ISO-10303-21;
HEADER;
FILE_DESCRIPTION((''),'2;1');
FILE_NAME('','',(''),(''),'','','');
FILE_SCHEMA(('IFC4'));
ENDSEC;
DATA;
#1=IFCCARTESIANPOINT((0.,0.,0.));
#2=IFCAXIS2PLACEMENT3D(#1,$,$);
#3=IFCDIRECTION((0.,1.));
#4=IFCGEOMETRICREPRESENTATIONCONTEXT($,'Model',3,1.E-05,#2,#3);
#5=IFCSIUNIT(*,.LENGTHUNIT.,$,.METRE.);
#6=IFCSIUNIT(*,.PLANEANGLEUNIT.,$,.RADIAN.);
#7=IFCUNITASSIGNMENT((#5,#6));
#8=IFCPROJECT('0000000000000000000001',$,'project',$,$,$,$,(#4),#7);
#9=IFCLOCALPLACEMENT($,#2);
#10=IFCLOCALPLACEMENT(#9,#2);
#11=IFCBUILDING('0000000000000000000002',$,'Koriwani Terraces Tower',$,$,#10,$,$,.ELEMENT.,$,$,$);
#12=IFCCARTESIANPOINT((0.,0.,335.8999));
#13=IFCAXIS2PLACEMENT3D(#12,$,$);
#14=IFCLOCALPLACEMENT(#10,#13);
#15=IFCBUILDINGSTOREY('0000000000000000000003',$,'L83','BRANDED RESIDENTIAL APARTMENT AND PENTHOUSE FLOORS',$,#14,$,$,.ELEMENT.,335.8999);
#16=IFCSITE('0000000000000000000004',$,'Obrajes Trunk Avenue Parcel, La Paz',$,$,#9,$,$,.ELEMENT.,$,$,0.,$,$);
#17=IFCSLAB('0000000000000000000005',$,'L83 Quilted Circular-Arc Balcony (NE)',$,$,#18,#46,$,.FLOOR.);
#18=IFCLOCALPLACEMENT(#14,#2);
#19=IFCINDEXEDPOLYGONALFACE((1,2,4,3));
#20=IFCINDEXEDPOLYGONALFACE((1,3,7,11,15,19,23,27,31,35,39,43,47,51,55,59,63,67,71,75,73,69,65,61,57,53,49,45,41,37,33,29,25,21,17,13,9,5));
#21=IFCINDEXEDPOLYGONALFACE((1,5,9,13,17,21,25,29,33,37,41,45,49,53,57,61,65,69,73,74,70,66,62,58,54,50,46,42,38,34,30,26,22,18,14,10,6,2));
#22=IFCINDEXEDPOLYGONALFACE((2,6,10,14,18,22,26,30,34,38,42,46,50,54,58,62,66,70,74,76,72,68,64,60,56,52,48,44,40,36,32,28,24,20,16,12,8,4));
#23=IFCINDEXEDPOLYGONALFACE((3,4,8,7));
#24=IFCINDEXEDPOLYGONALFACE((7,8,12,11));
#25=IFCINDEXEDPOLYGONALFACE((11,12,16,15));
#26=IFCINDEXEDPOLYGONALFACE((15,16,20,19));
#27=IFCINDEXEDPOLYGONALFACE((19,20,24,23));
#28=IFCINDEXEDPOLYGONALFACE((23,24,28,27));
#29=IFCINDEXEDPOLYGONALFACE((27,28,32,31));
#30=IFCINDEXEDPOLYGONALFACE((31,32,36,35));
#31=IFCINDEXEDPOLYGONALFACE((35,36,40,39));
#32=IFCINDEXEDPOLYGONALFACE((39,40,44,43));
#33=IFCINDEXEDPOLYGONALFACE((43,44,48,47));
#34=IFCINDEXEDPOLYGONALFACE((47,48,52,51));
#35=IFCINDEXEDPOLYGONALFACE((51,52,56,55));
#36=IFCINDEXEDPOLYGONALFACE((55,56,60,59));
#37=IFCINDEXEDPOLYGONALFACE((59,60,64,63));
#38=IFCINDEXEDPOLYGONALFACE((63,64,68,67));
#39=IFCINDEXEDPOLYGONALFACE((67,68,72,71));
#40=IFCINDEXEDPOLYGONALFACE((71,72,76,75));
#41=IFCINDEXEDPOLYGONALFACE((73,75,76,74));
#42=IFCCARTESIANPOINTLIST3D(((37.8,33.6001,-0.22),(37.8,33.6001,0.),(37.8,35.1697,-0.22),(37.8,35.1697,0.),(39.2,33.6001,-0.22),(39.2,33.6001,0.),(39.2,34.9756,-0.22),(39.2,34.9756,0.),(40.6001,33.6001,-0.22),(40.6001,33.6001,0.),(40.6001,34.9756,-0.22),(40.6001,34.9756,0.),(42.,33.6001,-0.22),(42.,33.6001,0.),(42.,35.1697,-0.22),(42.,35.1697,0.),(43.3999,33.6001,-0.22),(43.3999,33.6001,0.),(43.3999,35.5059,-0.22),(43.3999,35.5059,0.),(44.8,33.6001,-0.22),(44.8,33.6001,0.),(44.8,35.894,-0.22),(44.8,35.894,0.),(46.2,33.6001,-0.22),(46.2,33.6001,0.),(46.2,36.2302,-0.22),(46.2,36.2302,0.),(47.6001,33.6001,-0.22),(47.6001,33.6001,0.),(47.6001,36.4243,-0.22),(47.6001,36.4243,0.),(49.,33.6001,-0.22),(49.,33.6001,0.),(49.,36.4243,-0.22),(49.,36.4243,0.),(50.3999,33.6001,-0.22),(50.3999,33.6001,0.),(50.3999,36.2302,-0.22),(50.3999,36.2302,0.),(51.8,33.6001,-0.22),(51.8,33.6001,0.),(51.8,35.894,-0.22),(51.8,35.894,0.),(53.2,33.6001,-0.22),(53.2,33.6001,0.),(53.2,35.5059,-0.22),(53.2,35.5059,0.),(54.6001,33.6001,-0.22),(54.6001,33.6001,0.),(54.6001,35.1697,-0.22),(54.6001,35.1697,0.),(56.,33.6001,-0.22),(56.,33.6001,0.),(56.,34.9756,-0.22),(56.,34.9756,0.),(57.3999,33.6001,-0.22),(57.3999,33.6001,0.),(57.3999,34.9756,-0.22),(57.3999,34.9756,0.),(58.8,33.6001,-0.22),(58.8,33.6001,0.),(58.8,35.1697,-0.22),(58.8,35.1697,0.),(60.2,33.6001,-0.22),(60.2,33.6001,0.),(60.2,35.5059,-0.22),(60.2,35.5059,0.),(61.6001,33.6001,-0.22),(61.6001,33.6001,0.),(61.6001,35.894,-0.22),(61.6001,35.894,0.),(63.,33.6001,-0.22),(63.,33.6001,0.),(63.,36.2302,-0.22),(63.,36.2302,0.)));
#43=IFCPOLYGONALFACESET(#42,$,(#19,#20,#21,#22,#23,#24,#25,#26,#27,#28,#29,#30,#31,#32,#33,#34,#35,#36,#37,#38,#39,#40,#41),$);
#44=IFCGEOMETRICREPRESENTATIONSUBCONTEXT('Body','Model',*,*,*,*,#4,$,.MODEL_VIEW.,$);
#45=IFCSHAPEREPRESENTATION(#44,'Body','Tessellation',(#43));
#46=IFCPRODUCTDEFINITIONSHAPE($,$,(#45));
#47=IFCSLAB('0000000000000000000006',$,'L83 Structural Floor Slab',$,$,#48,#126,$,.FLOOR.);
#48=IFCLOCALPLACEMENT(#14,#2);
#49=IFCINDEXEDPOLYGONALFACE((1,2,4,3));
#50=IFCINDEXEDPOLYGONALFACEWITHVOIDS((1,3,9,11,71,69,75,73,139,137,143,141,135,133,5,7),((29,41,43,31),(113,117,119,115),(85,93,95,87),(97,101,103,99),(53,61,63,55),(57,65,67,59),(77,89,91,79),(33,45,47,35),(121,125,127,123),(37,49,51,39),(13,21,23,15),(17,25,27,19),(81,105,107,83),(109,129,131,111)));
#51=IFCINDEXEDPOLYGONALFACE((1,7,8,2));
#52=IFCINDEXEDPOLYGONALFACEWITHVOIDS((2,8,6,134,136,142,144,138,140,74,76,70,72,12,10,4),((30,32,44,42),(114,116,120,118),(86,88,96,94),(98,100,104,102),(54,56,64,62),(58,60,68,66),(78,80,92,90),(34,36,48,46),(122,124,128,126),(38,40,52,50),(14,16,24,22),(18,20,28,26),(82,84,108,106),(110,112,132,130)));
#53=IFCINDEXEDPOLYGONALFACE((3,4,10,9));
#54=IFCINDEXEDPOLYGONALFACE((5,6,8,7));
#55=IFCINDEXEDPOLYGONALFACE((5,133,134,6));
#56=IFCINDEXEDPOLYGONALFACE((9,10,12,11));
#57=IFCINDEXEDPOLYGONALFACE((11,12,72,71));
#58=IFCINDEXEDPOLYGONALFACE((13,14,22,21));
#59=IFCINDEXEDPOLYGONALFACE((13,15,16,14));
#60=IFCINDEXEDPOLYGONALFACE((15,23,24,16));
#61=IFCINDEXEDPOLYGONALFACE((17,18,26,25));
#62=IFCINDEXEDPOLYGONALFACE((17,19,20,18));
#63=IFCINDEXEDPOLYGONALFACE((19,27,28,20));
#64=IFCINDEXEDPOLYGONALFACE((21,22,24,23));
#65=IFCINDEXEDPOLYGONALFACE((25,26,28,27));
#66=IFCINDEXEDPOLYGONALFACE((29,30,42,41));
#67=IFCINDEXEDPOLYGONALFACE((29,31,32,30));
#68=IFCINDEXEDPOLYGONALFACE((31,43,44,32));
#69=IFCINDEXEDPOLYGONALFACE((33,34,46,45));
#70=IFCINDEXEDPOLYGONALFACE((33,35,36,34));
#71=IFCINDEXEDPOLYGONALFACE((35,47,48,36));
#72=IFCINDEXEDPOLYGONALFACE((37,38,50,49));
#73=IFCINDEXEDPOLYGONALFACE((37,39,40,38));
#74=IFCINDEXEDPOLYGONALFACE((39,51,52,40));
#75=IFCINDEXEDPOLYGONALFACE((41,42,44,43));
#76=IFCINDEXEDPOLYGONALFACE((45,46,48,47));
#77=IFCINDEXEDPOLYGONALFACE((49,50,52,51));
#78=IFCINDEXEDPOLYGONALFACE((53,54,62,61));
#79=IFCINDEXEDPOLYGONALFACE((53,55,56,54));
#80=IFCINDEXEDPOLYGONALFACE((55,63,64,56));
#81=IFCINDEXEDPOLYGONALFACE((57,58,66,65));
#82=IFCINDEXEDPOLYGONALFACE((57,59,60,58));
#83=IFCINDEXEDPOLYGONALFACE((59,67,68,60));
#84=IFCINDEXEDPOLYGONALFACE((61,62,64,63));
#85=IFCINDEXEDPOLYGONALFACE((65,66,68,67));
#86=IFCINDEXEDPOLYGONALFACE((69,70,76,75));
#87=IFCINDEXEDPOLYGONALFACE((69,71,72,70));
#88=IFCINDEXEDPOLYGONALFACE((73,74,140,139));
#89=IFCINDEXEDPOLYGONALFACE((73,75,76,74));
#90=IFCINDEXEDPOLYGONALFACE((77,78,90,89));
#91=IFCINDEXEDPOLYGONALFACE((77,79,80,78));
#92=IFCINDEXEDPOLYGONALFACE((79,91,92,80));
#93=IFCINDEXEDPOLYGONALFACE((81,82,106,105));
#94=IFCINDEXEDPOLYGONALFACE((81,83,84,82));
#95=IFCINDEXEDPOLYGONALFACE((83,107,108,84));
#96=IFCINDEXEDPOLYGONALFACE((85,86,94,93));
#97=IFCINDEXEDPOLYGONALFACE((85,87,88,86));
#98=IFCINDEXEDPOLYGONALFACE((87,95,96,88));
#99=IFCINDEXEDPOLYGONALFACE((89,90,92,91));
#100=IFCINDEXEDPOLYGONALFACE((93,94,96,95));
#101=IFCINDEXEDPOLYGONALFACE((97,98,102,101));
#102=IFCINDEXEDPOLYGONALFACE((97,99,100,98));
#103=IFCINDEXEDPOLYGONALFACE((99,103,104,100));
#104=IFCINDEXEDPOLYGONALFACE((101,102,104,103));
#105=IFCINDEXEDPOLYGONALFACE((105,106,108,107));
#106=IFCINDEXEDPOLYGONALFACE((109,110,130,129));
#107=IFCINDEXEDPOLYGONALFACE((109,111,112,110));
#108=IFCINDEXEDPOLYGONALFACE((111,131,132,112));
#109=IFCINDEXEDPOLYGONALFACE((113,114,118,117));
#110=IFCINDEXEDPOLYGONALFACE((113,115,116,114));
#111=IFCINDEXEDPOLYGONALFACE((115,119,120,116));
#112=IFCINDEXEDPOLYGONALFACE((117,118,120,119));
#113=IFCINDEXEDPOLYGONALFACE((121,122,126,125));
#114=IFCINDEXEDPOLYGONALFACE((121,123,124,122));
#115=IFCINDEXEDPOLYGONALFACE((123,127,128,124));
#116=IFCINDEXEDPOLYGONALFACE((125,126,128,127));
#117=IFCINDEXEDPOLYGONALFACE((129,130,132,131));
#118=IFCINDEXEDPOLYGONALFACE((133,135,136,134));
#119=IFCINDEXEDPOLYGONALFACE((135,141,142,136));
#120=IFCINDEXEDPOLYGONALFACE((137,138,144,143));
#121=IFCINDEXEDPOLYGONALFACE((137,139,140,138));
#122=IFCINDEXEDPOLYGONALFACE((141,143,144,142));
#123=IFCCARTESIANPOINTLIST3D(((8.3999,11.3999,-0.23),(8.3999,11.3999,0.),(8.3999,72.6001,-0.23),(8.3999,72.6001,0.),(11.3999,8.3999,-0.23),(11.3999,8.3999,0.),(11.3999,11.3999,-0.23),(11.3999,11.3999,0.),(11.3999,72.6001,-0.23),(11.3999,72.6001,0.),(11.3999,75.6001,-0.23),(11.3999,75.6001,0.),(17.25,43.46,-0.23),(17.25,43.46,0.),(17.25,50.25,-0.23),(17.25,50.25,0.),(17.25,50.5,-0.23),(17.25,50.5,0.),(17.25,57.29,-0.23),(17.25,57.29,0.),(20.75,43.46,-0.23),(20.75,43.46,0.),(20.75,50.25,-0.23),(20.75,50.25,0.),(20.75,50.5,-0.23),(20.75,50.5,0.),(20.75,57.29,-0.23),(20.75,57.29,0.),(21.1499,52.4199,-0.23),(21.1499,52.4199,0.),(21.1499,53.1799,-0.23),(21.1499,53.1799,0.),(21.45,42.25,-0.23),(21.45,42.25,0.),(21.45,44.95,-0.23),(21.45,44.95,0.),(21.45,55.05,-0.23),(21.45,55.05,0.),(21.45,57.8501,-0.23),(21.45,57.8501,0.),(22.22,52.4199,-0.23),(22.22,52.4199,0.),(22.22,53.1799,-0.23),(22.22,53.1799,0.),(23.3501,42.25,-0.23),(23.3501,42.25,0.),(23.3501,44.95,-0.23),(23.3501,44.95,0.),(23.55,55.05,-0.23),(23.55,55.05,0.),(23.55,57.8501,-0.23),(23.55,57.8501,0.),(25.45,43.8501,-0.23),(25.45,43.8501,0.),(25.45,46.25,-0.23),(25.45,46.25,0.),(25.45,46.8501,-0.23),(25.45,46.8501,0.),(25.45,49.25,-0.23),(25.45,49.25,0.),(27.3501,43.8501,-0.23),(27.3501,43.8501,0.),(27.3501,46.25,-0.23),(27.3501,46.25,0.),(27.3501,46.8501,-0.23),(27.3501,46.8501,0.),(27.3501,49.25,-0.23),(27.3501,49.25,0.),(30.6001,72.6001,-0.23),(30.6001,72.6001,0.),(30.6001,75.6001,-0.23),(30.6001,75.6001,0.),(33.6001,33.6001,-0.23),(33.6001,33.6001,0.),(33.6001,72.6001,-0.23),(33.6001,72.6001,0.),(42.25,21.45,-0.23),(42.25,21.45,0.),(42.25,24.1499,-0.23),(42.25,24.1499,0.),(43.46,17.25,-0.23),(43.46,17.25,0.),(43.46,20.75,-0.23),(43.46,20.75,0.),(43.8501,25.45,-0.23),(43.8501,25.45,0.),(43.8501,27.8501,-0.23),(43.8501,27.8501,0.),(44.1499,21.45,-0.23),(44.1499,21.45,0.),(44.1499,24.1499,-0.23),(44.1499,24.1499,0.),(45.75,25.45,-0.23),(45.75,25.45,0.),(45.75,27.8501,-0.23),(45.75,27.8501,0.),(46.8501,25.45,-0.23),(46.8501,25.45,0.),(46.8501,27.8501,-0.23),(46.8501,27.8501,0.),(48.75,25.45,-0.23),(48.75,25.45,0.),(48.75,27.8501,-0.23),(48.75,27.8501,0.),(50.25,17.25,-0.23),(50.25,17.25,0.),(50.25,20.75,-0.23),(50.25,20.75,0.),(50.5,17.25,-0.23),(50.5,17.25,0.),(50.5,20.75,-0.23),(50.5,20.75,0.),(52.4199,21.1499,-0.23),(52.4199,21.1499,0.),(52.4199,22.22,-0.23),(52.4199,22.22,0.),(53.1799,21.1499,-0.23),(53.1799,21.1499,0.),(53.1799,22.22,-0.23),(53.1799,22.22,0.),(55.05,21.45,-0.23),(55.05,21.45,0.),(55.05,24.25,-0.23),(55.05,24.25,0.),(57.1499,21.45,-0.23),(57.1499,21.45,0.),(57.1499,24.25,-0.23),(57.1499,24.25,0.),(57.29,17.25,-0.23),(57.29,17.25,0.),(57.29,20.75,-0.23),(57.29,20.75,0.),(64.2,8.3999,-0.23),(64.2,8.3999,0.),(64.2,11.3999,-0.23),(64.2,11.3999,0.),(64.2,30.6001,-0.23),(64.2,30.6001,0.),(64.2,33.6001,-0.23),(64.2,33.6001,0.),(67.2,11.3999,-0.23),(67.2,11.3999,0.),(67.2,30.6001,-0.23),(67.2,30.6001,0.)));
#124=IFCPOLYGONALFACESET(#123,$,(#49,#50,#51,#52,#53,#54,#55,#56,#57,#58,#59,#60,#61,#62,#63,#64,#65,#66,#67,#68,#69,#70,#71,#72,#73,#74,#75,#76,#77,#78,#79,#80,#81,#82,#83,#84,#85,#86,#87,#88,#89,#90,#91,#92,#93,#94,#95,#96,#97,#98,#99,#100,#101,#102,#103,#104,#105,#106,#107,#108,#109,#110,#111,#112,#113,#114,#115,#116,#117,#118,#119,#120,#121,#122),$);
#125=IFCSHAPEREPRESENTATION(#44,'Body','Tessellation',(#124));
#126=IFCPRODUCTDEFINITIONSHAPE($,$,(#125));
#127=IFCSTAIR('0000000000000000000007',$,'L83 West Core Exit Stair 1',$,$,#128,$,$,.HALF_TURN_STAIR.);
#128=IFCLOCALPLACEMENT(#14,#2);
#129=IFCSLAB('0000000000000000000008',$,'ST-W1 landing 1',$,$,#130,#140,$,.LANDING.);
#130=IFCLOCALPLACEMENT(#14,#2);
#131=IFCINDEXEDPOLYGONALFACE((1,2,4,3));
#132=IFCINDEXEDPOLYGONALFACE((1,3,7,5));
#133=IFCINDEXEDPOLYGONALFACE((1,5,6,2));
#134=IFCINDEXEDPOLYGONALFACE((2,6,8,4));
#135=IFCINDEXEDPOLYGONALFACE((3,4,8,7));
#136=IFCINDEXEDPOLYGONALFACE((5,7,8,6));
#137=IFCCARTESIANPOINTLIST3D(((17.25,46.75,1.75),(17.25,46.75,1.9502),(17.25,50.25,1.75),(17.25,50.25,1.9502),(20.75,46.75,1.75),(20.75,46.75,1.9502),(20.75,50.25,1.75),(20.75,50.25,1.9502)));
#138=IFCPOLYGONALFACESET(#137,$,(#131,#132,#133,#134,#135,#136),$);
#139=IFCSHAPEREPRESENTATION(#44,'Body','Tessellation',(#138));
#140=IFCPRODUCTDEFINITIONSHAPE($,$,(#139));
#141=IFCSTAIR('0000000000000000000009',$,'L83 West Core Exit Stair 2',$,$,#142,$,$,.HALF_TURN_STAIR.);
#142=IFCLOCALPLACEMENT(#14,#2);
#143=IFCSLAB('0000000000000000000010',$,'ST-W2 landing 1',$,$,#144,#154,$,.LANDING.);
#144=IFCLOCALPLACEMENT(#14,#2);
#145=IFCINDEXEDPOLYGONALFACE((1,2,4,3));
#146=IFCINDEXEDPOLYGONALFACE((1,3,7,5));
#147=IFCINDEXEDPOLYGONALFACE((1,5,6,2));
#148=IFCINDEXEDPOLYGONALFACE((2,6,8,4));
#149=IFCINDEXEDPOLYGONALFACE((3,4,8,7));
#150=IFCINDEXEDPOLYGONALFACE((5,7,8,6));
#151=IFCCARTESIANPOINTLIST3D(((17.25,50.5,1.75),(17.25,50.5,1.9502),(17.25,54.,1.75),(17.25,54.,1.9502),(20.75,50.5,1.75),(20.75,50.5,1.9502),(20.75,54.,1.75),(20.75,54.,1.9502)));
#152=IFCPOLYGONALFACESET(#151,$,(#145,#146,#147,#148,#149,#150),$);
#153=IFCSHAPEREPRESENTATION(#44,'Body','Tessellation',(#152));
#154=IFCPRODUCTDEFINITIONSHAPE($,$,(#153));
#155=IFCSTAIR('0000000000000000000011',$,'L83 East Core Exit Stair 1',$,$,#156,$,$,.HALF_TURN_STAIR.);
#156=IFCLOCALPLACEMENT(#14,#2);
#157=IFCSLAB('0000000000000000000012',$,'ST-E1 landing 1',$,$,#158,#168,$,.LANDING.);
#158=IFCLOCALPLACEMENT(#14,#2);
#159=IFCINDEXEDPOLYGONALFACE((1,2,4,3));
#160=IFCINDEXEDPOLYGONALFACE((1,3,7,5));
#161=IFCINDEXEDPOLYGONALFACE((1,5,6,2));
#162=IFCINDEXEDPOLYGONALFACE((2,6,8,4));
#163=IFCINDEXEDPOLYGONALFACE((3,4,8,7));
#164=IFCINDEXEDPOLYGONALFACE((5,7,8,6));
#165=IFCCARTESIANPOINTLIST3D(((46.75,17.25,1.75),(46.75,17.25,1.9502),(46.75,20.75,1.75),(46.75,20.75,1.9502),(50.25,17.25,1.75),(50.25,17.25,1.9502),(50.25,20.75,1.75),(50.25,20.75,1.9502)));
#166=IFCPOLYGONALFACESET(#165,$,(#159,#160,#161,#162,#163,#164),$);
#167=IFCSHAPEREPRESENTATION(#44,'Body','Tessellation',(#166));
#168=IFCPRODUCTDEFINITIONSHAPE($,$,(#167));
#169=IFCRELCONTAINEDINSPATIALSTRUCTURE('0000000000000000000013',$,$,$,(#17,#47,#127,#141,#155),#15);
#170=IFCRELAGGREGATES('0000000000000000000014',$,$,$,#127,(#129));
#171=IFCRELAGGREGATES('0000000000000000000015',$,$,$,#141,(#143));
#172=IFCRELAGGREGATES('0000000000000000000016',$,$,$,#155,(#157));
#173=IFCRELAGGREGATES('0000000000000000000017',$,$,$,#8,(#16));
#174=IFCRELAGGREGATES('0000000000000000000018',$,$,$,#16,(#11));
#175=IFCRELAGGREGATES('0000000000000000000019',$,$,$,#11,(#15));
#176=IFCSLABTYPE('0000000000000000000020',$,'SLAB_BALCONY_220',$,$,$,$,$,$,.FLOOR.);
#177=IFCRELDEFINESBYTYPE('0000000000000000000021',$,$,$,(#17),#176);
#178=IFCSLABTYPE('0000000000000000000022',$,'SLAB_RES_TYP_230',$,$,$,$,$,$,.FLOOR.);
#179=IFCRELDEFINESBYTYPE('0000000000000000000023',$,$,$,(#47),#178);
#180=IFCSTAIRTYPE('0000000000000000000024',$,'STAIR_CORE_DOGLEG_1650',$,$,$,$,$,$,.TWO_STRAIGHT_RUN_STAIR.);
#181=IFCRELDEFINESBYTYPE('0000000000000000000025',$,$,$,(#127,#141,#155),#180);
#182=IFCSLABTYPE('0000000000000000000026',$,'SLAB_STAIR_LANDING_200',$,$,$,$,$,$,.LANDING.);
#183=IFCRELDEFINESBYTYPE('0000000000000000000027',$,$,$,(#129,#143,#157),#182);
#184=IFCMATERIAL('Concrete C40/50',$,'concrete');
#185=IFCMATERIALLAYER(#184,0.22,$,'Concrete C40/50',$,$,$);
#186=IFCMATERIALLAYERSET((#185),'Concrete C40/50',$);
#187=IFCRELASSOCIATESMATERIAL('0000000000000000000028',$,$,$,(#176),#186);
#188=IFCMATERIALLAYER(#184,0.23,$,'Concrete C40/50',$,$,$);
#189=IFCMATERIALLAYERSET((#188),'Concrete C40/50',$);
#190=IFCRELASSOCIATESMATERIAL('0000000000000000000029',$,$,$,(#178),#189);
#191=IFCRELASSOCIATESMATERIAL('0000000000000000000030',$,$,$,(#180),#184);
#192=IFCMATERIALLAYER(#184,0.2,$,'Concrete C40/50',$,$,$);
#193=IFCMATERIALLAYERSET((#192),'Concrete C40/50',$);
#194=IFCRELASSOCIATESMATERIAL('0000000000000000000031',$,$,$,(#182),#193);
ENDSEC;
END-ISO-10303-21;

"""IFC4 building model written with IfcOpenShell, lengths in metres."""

from ifc_helpers import new_model, si_unit, direction, frame, origin, place, context, subcontext, project, spatial, polyline, outline, extrude, material, layer, layer_set, type_object, element, aggregate, save


model = new_model("IFC4")

# Units and contexts
model_context = context("Model", 3, precision=1e-05, world=origin(), true_north=direction((0.0, 1.0)))
body_context = subcontext(model_context, "Body", "Model", "MODEL_VIEW")
ifc_project = project(units=[si_unit("LENGTHUNIT", "METRE"), si_unit("PLANEANGLEUNIT", "RADIAN")], contexts=[model_context])

# Site, building, storey
site_placement = place(None, origin())
site = spatial("IfcSite", under=ifc_project, at=site_placement, Name="Obrajes Trunk Avenue Parcel, La Paz", CompositionType="ELEMENT", RefElevation=0.0)
building_placement = place(site_placement, origin())
building = spatial("IfcBuilding", under=site, at=building_placement, Name="Koriwani Terraces Tower", CompositionType="ELEMENT")
storey_placement = place(building_placement, frame((0.0, 0.0, 335.8999)))
storey = spatial("IfcBuildingStorey", under=building, at=storey_placement, Name="L83", Description="BRANDED RESIDENTIAL APARTMENT AND PENTHOUSE FLOORS", CompositionType="ELEMENT", Elevation=335.8999)

# Shared definitions
ifc_material_1 = material(Name="Concrete C40/50", Category="concrete")

# Slabs
ifc_layer_1 = layer(ifc_material_1, 0.22, Name="Concrete C40/50")
ifc_layer_set_1 = layer_set([ifc_layer_1], Name="Concrete C40/50")
slab_type_1 = type_object("IfcSlabType", Name="SLAB_BALCONY_220", PredefinedType="FLOOR", material=ifc_layer_set_1)
slab_1_placement = place(storey_placement, frame((0.0, 0.0, -0.22)))
element("IfcSlab", 1, at=slab_1_placement, inside=storey, type_object=slab_type_1, Name="L83 Quilted Circular-Arc Balcony (NE)", PredefinedType="FLOOR", context=body_context, shape_type="SweptSolid", body=[
    extrude(outline(polyline([(63.0, 33.6001), (61.6001, 33.6001), (60.2, 33.6001), (58.8, 33.6001), (57.3999, 33.6001), (56.0, 33.6001), (54.6001, 33.6001), (53.2, 33.6001), (51.8, 33.6001), (50.3999, 33.6001), (49.0, 33.6001), (47.6001, 33.6001), (46.2, 33.6001), (44.8, 33.6001), (43.3999, 33.6001), (42.0, 33.6001), (40.6001, 33.6001), (39.2, 33.6001), (37.8, 33.6001), (37.8, 35.1697), (39.2, 34.9756), (40.6001, 34.9756), (42.0, 35.1697), (43.3999, 35.5059), (44.8, 35.894), (46.2, 36.2302), (47.6001, 36.4243), (49.0, 36.4243), (50.3999, 36.2302), (51.8, 35.894), (53.2, 35.5059), (54.6001, 35.1697), (56.0, 34.9756), (57.3999, 34.9756), (58.8, 35.1697), (60.2, 35.5059), (61.6001, 35.894), (63.0, 36.2302), (63.0, 33.6001)])), origin(), (0.0, 0.0, 1.0), 0.22),
])
ifc_layer_2 = layer(ifc_material_1, 0.23, Name="Concrete C40/50")
ifc_layer_set_2 = layer_set([ifc_layer_2], Name="Concrete C40/50")
slab_type_2 = type_object("IfcSlabType", Name="SLAB_RES_TYP_230", PredefinedType="FLOOR", material=ifc_layer_set_2)
slab_2_placement = place(storey_placement, frame((0.0, 0.0, -0.23)))
element("IfcSlab", 2, at=slab_2_placement, inside=storey, type_object=slab_type_2, Name="L83 Structural Floor Slab", PredefinedType="FLOOR", context=body_context, shape_type="SweptSolid", body=[
    extrude(outline(polyline([(11.3999, 8.3999), (64.2, 8.3999), (64.2, 11.3999), (67.2, 11.3999), (67.2, 30.6001), (64.2, 30.6001), (64.2, 33.6001), (33.6001, 33.6001), (33.6001, 72.6001), (30.6001, 72.6001), (30.6001, 75.6001), (11.3999, 75.6001), (11.3999, 72.6001), (8.3999, 72.6001), (8.3999, 11.3999), (11.3999, 11.3999), (11.3999, 8.3999)]), holes=[polyline([(17.25, 43.46), (20.75, 43.46), (20.75, 50.25), (17.25, 50.25), (17.25, 43.46)]), polyline([(17.25, 50.5), (20.75, 50.5), (20.75, 57.29), (17.25, 57.29), (17.25, 50.5)]), polyline([(43.46, 17.25), (50.25, 17.25), (50.25, 20.75), (43.46, 20.75), (43.46, 17.25)]), polyline([(50.5, 17.25), (57.29, 17.25), (57.29, 20.75), (50.5, 20.75), (50.5, 17.25)]), polyline([(25.45, 43.8501), (27.3501, 43.8501), (27.3501, 46.25), (25.45, 46.25), (25.45, 43.8501)]), polyline([(25.45, 46.8501), (27.3501, 46.8501), (27.3501, 49.25), (25.45, 49.25), (25.45, 46.8501)]), polyline([(43.8501, 25.45), (45.75, 25.45), (45.75, 27.8501), (43.8501, 27.8501), (43.8501, 25.45)]), polyline([(46.8501, 25.45), (48.75, 25.45), (48.75, 27.8501), (46.8501, 27.8501), (46.8501, 25.45)]), polyline([(21.45, 55.05), (23.55, 55.05), (23.55, 57.8501), (21.45, 57.8501), (21.45, 55.05)]), polyline([(55.05, 21.45), (57.1499, 21.45), (57.1499, 24.25), (55.05, 24.25), (55.05, 21.45)]), polyline([(21.45, 42.25), (23.3501, 42.25), (23.3501, 44.95), (21.45, 44.95), (21.45, 42.25)]), polyline([(42.25, 21.45), (44.1499, 21.45), (44.1499, 24.1499), (42.25, 24.1499), (42.25, 21.45)]), polyline([(21.1499, 52.4199), (22.22, 52.4199), (22.22, 53.1799), (21.1499, 53.1799), (21.1499, 52.4199)]), polyline([(52.4199, 21.1499), (53.1799, 21.1499), (53.1799, 22.22), (52.4199, 22.22), (52.4199, 21.1499)])]), origin(), (0.0, 0.0, 1.0), 0.23),
])

# Stairs, slabs
stair_type = type_object("IfcStairType", Name="STAIR_CORE_DOGLEG_1650", PredefinedType="TWO_STRAIGHT_RUN_STAIR", material=ifc_material_1)
stair_1_placement = place(storey_placement, origin())
stair_1 = element("IfcStair", 3, at=stair_1_placement, inside=storey, type_object=stair_type, Name="L83 West Core Exit Stair 1", PredefinedType="HALF_TURN_STAIR")
ifc_layer_3 = layer(ifc_material_1, 0.2, Name="Concrete C40/50")
ifc_layer_set_3 = layer_set([ifc_layer_3], Name="Concrete C40/50")
slab_type_3 = type_object("IfcSlabType", Name="SLAB_STAIR_LANDING_200", PredefinedType="LANDING", material=ifc_layer_set_3)
slab_3_placement = place(storey_placement, frame((0.0, 0.0, 1.75)))
slab_3 = element("IfcSlab", 4, at=slab_3_placement, type_object=slab_type_3, Name="ST-W1 landing 1", PredefinedType="LANDING", context=body_context, shape_type="SweptSolid", body=[
    extrude(outline(polyline([(20.75, 46.75), (20.75, 50.25), (17.25, 50.25), (17.25, 46.75), (20.75, 46.75)])), origin(), (0.0, 0.0, 1.0), 0.2002),
])
aggregate(stair_1, [slab_3])
stair_2_placement = place(storey_placement, origin())
stair_2 = element("IfcStair", 5, at=stair_2_placement, inside=storey, type_object=stair_type, Name="L83 West Core Exit Stair 2", PredefinedType="HALF_TURN_STAIR")
slab_4_placement = place(storey_placement, frame((0.0, 0.0, 1.75)))
slab_4 = element("IfcSlab", 6, at=slab_4_placement, type_object=slab_type_3, Name="ST-W2 landing 1", PredefinedType="LANDING", context=body_context, shape_type="SweptSolid", body=[
    extrude(outline(polyline([(17.25, 54.0), (17.25, 50.5), (20.75, 50.5), (20.75, 54.0), (17.25, 54.0)])), origin(), (0.0, 0.0, 1.0), 0.2002),
])
aggregate(stair_2, [slab_4])
stair_3_placement = place(storey_placement, origin())
stair_3 = element("IfcStair", 7, at=stair_3_placement, inside=storey, type_object=stair_type, Name="L83 East Core Exit Stair 1", PredefinedType="HALF_TURN_STAIR")
slab_5_placement = place(storey_placement, frame((0.0, 0.0, 1.75)))
slab_5 = element("IfcSlab", 8, at=slab_5_placement, type_object=slab_type_3, Name="ST-E1 landing 1", PredefinedType="LANDING", context=body_context, shape_type="SweptSolid", body=[
    extrude(outline(polyline([(46.75, 17.25), (50.25, 17.25), (50.25, 20.75), (46.75, 20.75), (46.75, 17.25)])), origin(), (0.0, 0.0, 1.0), 0.2002),
])
aggregate(stair_3, [slab_5])

save(model, "model.ifc")
